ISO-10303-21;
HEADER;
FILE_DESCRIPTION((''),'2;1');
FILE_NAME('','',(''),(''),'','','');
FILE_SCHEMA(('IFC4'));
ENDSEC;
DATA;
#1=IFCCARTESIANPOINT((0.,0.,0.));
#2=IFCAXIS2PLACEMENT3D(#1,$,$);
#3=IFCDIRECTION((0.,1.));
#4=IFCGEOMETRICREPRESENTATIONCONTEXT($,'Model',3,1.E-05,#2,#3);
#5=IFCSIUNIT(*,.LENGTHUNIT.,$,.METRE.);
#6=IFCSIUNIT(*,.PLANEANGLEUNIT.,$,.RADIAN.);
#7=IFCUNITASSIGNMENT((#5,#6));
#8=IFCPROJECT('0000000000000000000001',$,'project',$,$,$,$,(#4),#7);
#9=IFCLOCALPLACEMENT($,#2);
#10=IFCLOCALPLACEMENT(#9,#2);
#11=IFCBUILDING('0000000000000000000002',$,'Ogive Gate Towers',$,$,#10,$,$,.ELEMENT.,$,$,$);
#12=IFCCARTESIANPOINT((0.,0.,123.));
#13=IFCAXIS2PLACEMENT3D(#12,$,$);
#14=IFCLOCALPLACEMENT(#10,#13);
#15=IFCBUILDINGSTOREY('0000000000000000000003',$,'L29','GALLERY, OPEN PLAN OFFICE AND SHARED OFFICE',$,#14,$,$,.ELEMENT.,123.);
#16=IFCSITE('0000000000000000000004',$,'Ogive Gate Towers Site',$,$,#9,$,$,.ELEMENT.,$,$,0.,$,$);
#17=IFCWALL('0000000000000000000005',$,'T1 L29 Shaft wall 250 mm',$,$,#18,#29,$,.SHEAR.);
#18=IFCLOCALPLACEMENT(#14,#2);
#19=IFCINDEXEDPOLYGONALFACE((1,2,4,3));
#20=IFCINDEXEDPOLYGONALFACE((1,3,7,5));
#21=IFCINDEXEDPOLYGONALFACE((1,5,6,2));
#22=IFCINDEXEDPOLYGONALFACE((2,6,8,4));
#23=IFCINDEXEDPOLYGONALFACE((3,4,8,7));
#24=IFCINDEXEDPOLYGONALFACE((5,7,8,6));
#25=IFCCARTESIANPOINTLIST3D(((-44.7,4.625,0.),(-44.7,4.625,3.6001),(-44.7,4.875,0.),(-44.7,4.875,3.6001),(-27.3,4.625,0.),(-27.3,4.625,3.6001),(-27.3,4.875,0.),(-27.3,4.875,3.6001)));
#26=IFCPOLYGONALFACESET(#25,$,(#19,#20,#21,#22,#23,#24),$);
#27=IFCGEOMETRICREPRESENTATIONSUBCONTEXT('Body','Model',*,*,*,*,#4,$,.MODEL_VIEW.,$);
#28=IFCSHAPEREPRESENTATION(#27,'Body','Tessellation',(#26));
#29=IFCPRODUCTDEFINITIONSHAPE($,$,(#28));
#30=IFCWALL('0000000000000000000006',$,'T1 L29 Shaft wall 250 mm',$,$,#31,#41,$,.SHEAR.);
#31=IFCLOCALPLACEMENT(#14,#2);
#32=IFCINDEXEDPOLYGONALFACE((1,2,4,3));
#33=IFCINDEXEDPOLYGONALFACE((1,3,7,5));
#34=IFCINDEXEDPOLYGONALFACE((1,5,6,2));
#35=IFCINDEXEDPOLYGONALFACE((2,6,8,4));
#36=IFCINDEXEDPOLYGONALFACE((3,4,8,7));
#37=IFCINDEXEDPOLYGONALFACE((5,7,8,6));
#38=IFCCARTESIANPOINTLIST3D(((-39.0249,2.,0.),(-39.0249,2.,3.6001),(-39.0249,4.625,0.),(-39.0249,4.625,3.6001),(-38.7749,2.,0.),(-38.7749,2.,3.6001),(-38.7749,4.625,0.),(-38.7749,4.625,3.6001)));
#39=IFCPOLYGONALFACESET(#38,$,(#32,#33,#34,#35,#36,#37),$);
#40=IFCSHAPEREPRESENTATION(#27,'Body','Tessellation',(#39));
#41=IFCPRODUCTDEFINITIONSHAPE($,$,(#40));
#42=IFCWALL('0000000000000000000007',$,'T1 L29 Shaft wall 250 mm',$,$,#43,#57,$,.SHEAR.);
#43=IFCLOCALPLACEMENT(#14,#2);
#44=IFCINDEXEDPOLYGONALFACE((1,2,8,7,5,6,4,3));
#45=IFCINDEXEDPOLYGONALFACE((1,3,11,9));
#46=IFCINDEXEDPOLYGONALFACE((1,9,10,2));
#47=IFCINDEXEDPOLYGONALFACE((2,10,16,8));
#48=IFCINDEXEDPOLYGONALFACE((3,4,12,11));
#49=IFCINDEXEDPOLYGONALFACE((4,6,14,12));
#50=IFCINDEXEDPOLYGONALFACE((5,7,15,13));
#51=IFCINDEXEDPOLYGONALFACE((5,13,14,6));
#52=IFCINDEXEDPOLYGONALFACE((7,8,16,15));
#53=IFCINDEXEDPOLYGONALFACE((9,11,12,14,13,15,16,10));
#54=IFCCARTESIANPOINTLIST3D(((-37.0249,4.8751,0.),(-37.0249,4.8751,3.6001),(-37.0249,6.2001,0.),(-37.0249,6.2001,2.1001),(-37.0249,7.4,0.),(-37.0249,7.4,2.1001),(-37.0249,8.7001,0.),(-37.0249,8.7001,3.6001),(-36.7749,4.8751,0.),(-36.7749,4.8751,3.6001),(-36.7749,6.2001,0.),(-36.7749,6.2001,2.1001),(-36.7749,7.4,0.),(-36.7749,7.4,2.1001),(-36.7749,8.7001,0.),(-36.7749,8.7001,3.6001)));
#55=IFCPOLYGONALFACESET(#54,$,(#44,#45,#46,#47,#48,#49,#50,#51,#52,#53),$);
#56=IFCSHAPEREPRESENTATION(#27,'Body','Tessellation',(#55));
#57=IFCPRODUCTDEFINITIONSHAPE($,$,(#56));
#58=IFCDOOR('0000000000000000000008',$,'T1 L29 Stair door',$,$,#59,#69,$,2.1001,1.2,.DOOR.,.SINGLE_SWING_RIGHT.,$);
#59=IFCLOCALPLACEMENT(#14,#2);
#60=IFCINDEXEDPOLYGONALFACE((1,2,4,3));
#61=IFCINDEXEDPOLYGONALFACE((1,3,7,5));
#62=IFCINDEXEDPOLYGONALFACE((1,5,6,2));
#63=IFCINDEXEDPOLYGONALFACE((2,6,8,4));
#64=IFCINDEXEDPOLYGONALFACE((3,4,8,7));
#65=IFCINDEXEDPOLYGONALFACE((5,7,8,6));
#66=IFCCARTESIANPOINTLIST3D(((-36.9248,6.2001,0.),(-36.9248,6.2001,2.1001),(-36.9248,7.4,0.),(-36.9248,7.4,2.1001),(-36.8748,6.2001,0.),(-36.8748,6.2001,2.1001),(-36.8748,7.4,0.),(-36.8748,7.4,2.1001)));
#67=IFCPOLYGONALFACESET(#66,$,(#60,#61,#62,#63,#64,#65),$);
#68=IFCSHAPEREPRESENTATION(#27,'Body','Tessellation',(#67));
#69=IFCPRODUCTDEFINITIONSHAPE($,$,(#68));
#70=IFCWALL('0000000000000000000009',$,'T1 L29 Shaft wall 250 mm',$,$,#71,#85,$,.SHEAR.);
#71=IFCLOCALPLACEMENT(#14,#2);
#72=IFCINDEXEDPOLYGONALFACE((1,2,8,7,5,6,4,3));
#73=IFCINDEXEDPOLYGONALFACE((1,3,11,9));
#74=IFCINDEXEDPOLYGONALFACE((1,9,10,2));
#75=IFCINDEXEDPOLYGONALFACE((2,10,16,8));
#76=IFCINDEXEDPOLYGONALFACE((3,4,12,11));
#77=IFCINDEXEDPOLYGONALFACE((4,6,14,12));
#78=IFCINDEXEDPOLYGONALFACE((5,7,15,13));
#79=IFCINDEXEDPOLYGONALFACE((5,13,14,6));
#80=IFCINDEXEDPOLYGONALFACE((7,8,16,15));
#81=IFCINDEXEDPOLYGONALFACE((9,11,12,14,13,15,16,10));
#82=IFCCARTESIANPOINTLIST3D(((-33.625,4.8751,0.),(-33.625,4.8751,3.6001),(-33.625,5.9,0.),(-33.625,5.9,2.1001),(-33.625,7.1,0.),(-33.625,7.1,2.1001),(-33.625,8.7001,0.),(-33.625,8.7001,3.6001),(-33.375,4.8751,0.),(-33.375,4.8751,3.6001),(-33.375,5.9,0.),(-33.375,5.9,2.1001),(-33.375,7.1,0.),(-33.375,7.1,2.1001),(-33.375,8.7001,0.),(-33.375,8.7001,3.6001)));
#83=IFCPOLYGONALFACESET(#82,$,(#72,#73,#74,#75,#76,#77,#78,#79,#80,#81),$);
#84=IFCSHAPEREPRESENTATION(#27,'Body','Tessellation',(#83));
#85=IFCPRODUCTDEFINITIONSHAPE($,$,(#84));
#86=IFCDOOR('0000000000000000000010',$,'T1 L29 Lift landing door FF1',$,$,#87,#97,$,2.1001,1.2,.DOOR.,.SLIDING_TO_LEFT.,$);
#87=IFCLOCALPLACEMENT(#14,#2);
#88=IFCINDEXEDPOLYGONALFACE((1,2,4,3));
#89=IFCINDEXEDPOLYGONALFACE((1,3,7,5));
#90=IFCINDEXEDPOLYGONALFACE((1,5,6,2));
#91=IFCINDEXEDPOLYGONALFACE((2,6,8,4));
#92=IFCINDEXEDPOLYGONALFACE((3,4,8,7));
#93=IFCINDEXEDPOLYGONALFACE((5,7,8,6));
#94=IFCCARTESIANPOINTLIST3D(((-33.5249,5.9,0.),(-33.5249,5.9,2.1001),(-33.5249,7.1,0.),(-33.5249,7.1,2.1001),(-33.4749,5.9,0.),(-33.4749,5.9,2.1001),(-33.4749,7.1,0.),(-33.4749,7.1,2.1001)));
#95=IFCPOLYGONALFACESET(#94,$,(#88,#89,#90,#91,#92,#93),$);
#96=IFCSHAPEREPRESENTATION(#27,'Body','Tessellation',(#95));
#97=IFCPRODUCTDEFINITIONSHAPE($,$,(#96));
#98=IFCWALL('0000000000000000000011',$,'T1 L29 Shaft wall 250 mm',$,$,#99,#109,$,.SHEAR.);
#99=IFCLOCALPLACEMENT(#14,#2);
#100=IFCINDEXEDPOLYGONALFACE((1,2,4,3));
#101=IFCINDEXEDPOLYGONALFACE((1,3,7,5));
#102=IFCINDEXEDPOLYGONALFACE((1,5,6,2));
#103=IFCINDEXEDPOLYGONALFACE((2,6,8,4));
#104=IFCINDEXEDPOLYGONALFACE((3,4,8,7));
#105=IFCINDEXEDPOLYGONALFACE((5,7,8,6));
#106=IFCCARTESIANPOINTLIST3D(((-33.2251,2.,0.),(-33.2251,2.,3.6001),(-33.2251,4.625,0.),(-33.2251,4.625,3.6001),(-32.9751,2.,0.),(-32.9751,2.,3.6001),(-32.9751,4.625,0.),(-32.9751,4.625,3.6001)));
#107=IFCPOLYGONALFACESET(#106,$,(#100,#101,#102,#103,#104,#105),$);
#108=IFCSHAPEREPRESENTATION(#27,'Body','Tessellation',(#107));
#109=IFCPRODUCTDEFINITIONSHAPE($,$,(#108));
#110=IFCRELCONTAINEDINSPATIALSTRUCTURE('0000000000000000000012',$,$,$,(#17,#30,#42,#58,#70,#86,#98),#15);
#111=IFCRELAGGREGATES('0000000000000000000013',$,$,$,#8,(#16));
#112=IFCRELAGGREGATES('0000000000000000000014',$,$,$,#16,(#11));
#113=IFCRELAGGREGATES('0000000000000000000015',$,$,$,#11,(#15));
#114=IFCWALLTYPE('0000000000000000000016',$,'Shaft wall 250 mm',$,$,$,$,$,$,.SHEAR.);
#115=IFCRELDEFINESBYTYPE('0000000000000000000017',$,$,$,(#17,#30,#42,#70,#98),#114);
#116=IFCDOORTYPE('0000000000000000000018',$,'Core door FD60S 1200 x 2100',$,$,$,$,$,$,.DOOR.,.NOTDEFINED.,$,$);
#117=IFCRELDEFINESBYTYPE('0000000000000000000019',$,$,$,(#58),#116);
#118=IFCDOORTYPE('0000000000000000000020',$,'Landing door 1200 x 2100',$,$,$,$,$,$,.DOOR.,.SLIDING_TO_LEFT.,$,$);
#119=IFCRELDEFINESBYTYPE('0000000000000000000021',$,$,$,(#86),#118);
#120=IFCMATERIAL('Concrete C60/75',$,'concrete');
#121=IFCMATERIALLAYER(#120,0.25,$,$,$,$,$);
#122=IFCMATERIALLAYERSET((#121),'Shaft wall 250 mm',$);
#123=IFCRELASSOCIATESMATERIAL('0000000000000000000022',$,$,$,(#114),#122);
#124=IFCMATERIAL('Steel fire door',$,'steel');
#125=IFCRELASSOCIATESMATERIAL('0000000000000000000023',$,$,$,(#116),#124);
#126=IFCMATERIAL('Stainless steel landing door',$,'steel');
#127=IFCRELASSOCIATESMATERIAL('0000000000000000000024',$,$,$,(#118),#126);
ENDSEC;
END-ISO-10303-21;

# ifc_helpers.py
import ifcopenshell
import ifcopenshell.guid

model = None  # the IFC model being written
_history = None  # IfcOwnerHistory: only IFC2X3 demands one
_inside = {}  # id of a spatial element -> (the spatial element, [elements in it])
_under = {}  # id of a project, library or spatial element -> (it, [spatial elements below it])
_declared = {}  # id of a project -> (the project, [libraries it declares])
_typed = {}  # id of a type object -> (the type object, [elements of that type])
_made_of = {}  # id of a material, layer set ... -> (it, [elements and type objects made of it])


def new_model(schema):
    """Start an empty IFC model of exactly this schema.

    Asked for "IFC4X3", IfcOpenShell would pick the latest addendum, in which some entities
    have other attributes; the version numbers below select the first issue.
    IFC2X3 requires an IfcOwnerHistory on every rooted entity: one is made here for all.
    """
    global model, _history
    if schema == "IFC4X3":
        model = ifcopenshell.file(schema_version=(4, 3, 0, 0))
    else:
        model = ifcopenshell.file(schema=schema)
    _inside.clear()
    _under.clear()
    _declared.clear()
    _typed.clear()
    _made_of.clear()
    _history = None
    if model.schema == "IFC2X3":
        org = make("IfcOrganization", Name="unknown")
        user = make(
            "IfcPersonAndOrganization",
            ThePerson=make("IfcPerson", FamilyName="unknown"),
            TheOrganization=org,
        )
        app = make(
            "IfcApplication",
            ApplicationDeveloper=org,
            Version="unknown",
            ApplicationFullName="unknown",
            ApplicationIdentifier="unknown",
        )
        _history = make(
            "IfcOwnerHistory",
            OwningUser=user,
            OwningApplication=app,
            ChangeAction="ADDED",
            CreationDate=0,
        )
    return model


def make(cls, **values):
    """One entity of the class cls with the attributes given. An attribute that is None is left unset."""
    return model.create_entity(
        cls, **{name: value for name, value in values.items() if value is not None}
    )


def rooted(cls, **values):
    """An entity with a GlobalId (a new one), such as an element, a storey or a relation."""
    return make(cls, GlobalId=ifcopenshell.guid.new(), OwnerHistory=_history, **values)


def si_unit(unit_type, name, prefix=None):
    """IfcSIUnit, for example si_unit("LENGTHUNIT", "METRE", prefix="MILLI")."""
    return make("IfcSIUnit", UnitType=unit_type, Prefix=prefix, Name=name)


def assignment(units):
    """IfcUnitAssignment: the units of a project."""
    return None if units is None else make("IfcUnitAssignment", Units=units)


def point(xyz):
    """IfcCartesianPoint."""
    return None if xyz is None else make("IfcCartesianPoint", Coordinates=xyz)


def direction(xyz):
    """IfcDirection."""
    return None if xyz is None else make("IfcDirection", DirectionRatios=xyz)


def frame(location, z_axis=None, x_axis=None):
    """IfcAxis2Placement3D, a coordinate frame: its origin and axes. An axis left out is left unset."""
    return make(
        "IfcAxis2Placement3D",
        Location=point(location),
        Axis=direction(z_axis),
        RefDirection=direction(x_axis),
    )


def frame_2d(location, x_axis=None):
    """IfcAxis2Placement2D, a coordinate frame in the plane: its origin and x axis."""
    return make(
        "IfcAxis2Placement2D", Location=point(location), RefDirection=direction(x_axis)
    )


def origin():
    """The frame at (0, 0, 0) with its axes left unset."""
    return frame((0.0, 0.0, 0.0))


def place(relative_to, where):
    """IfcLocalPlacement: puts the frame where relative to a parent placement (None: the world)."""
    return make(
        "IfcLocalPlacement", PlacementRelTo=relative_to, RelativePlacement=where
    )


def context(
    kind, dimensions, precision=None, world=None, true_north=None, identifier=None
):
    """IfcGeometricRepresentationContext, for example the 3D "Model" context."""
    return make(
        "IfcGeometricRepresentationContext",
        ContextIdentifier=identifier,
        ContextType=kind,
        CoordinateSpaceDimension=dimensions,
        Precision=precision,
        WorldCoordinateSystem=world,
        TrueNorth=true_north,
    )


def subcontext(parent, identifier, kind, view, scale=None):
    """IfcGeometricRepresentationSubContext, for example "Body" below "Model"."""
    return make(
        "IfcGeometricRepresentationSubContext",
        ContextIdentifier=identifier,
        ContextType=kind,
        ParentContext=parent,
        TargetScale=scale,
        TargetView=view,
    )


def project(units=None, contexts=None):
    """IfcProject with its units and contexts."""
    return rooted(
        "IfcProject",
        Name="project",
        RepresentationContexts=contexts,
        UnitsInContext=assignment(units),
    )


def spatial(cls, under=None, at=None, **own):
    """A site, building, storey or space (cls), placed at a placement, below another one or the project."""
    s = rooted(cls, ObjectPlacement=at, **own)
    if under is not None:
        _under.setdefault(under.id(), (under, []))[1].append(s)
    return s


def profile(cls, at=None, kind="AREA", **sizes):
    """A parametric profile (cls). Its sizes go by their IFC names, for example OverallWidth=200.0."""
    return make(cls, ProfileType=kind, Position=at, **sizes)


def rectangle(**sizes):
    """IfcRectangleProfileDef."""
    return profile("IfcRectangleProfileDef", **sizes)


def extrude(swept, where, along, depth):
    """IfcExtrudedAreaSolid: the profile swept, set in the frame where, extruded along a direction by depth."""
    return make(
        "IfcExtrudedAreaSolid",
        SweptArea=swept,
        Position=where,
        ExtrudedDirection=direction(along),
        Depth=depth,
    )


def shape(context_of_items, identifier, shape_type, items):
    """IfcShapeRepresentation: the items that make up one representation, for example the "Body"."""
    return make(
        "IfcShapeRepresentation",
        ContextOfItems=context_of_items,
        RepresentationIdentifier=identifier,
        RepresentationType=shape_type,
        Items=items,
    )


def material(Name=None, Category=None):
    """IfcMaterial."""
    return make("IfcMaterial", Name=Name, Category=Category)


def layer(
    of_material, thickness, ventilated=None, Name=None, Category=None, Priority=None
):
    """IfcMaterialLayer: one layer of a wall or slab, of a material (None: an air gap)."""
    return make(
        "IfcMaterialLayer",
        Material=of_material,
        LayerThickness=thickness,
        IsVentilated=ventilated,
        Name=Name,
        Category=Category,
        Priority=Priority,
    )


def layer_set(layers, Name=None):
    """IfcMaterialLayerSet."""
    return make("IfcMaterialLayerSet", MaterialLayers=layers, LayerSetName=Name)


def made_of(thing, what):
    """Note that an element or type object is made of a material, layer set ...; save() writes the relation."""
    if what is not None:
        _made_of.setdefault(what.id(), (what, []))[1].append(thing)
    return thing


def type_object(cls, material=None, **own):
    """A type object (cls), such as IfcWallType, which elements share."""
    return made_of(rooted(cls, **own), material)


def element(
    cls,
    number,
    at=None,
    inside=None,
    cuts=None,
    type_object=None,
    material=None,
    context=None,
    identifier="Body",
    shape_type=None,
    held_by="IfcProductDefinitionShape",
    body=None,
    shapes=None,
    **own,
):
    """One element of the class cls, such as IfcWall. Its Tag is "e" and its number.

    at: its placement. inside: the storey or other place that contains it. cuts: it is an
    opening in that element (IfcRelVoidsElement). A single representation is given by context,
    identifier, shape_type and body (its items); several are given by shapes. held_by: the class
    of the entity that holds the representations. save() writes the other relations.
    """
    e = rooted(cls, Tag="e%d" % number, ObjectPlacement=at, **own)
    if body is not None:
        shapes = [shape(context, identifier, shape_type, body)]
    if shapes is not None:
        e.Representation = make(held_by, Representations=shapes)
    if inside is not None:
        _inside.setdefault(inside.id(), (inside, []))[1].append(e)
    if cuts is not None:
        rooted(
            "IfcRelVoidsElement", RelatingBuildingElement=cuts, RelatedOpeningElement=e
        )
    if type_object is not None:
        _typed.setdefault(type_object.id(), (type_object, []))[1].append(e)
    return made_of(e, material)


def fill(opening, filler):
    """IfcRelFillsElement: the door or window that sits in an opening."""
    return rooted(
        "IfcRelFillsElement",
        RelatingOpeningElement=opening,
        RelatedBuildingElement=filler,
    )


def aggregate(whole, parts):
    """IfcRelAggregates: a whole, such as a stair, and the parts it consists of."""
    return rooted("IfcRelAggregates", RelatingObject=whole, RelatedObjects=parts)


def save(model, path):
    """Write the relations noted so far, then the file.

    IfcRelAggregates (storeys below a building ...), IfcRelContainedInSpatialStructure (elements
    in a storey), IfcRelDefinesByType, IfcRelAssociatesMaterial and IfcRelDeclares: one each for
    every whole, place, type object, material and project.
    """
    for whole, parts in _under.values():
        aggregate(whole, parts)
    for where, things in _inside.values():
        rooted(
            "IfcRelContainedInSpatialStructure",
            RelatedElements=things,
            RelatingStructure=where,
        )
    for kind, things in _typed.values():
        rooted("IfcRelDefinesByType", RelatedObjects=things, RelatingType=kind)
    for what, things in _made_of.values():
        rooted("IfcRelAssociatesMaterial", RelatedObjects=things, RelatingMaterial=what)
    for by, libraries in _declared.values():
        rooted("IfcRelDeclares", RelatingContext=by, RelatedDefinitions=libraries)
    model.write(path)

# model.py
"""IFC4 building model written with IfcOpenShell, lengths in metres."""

from ifc_helpers import new_model, si_unit, direction, frame, frame_2d, origin, place, context, subcontext, project, spatial, rectangle, extrude, material, layer, layer_set, type_object, element, fill, save


model = new_model("IFC4")

# Units and contexts
model_context = context("Model", 3, precision=1e-05, world=origin(), true_north=direction((0.0, 1.0)))
body_context = subcontext(model_context, "Body", "Model", "MODEL_VIEW")
ifc_project = project(units=[si_unit("LENGTHUNIT", "METRE"), si_unit("PLANEANGLEUNIT", "RADIAN")], contexts=[model_context])

# Site, building, storey
site_placement = place(None, origin())
site = spatial("IfcSite", under=ifc_project, at=site_placement, Name="Ogive Gate Towers Site", CompositionType="ELEMENT", RefElevation=0.0)
building_placement = place(site_placement, origin())
building = spatial("IfcBuilding", under=site, at=building_placement, Name="Ogive Gate Towers", CompositionType="ELEMENT")
storey_placement = place(building_placement, frame((0.0, 0.0, 123.0)))
storey = spatial("IfcBuildingStorey", under=building, at=storey_placement, Name="L29", Description="GALLERY, OPEN PLAN OFFICE AND SHARED OFFICE", CompositionType="ELEMENT", Elevation=123.0)

# Walls
ifc_material_1 = material(Name="Concrete C60/75", Category="concrete")
ifc_layer_1 = layer(ifc_material_1, 0.25)
ifc_layer_set_1 = layer_set([ifc_layer_1], Name="Shaft wall 250 mm")
wall_type_1 = type_object("IfcWallType", Name="Shaft wall 250 mm", PredefinedType="SHEAR", material=ifc_layer_set_1)
wall_1_placement = place(storey_placement, frame((-44.7, 4.75, 0.0), z_axis=(0.0, 0.0, 1.0), x_axis=(1.0, 0.0, 0.0)))
element("IfcWall", 1, at=wall_1_placement, inside=storey, type_object=wall_type_1, Name="T1 L29 Shaft wall 250 mm", PredefinedType="SHEAR", context=body_context, shape_type="SweptSolid", body=[
    extrude(rectangle(XDim=17.3999, YDim=0.25, at=frame_2d((8.7, 0.0))), origin(), (0.0, 0.0, 1.0), 3.6001),
])
wall_2_placement = place(storey_placement, frame((-38.8999, 2.0, 0.0), z_axis=(0.0, 0.0, 1.0), x_axis=(0.0, 1.0, 0.0)))
element("IfcWall", 2, at=wall_2_placement, inside=storey, type_object=wall_type_1, Name="T1 L29 Shaft wall 250 mm", PredefinedType="SHEAR", context=body_context, shape_type="SweptSolid", body=[
    extrude(rectangle(XDim=2.625, YDim=0.25, at=frame_2d((1.3125, 0.0))), origin(), (0.0, 0.0, 1.0), 3.6001),
])

# Walls, openings, doors
wall_3_placement = place(storey_placement, frame((-36.8999, 4.875, 0.0), z_axis=(0.0, 0.0, 1.0), x_axis=(0.0, 1.0, 0.0)))
wall_3 = element("IfcWall", 3, at=wall_3_placement, inside=storey, type_object=wall_type_1, Name="T1 L29 Shaft wall 250 mm", PredefinedType="SHEAR", context=body_context, shape_type="SweptSolid", body=[
    extrude(rectangle(XDim=3.825, YDim=0.25, at=frame_2d((1.9126, 0.0))), origin(), (0.0, 0.0, 1.0), 3.6001),
])
opening_1_placement = place(wall_3_placement, frame((1.325, 0.0, 0.0)))
opening_1 = element("IfcOpeningElement", 4, at=opening_1_placement, cuts=wall_3, PredefinedType="OPENING", context=body_context, shape_type="SweptSolid", body=[
    extrude(rectangle(XDim=1.2, YDim=2.1001, at=frame_2d((0.6001, 1.05))), frame((0.0, 0.135, 0.0), z_axis=(0.0, -1.0, 0.0), x_axis=(1.0, 0.0, 0.0)), (0.0, 0.0, 1.0), 0.27),
])
ifc_material_2 = material(Name="Steel fire door", Category="steel")
door_type_1 = type_object("IfcDoorType", Name="Core door FD60S 1200 x 2100", OperationType="NOTDEFINED", PredefinedType="DOOR", material=ifc_material_2)
door_1_placement = place(opening_1_placement, origin())
door_1 = element("IfcDoor", 5, at=door_1_placement, inside=storey, type_object=door_type_1, Name="T1 L29 Stair door", OperationType="SINGLE_SWING_RIGHT", OverallHeight=2.1001, OverallWidth=1.2, PredefinedType="DOOR", context=body_context, shape_type="SweptSolid", body=[
    extrude(rectangle(XDim=1.2, YDim=2.1001, at=frame_2d((0.6001, 1.05))), frame((0.0, 0.0249, 0.0), z_axis=(0.0, -1.0, 0.0), x_axis=(1.0, 0.0, 0.0)), (0.0, 0.0, 1.0), 0.05),
])
fill(opening_1, door_1)
wall_4_placement = place(storey_placement, frame((-33.5, 4.875, 0.0), z_axis=(0.0, 0.0, 1.0), x_axis=(0.0, 1.0, 0.0)))
wall_4 = element("IfcWall", 6, at=wall_4_placement, inside=storey, type_object=wall_type_1, Name="T1 L29 Shaft wall 250 mm", PredefinedType="SHEAR", context=body_context, shape_type="SweptSolid", body=[
    extrude(rectangle(XDim=3.825, YDim=0.25, at=frame_2d((1.9126, 0.0))), origin(), (0.0, 0.0, 1.0), 3.6001),
])
opening_2_placement = place(wall_4_placement, frame((1.0249, 0.0, 0.0)))
opening_2 = element("IfcOpeningElement", 7, at=opening_2_placement, cuts=wall_4, PredefinedType="OPENING", context=body_context, shape_type="SweptSolid", body=[
    extrude(rectangle(XDim=1.2, YDim=2.1001, at=frame_2d((0.6001, 1.05))), frame((0.0, 0.135, 0.0), z_axis=(0.0, -1.0, 0.0), x_axis=(1.0, 0.0, 0.0)), (0.0, 0.0, 1.0), 0.27),
])
ifc_material_3 = material(Name="Stainless steel landing door", Category="steel")
door_type_2 = type_object("IfcDoorType", Name="Landing door 1200 x 2100", OperationType="SLIDING_TO_LEFT", PredefinedType="DOOR", material=ifc_material_3)
door_2_placement = place(opening_2_placement, origin())
door_2 = element("IfcDoor", 8, at=door_2_placement, inside=storey, type_object=door_type_2, Name="T1 L29 Lift landing door FF1", OperationType="SLIDING_TO_LEFT", OverallHeight=2.1001, OverallWidth=1.2, PredefinedType="DOOR", context=body_context, shape_type="SweptSolid", body=[
    extrude(rectangle(XDim=1.2, YDim=2.1001, at=frame_2d((0.6001, 1.05))), frame((0.0, 0.0249, 0.0), z_axis=(0.0, -1.0, 0.0), x_axis=(1.0, 0.0, 0.0)), (0.0, 0.0, 1.0), 0.05),
])
fill(opening_2, door_2)

# Wall
wall_5_placement = place(storey_placement, frame((-33.1001, 2.0, 0.0), z_axis=(0.0, 0.0, 1.0), x_axis=(0.0, 1.0, 0.0)))
element("IfcWall", 9, at=wall_5_placement, inside=storey, type_object=wall_type_1, Name="T1 L29 Shaft wall 250 mm", PredefinedType="SHEAR", context=body_context, shape_type="SweptSolid", body=[
    extrude(rectangle(XDim=2.625, YDim=0.25, at=frame_2d((1.3125, 0.0))), origin(), (0.0, 0.0, 1.0), 3.6001),
])

save(model, "model.ifc")
